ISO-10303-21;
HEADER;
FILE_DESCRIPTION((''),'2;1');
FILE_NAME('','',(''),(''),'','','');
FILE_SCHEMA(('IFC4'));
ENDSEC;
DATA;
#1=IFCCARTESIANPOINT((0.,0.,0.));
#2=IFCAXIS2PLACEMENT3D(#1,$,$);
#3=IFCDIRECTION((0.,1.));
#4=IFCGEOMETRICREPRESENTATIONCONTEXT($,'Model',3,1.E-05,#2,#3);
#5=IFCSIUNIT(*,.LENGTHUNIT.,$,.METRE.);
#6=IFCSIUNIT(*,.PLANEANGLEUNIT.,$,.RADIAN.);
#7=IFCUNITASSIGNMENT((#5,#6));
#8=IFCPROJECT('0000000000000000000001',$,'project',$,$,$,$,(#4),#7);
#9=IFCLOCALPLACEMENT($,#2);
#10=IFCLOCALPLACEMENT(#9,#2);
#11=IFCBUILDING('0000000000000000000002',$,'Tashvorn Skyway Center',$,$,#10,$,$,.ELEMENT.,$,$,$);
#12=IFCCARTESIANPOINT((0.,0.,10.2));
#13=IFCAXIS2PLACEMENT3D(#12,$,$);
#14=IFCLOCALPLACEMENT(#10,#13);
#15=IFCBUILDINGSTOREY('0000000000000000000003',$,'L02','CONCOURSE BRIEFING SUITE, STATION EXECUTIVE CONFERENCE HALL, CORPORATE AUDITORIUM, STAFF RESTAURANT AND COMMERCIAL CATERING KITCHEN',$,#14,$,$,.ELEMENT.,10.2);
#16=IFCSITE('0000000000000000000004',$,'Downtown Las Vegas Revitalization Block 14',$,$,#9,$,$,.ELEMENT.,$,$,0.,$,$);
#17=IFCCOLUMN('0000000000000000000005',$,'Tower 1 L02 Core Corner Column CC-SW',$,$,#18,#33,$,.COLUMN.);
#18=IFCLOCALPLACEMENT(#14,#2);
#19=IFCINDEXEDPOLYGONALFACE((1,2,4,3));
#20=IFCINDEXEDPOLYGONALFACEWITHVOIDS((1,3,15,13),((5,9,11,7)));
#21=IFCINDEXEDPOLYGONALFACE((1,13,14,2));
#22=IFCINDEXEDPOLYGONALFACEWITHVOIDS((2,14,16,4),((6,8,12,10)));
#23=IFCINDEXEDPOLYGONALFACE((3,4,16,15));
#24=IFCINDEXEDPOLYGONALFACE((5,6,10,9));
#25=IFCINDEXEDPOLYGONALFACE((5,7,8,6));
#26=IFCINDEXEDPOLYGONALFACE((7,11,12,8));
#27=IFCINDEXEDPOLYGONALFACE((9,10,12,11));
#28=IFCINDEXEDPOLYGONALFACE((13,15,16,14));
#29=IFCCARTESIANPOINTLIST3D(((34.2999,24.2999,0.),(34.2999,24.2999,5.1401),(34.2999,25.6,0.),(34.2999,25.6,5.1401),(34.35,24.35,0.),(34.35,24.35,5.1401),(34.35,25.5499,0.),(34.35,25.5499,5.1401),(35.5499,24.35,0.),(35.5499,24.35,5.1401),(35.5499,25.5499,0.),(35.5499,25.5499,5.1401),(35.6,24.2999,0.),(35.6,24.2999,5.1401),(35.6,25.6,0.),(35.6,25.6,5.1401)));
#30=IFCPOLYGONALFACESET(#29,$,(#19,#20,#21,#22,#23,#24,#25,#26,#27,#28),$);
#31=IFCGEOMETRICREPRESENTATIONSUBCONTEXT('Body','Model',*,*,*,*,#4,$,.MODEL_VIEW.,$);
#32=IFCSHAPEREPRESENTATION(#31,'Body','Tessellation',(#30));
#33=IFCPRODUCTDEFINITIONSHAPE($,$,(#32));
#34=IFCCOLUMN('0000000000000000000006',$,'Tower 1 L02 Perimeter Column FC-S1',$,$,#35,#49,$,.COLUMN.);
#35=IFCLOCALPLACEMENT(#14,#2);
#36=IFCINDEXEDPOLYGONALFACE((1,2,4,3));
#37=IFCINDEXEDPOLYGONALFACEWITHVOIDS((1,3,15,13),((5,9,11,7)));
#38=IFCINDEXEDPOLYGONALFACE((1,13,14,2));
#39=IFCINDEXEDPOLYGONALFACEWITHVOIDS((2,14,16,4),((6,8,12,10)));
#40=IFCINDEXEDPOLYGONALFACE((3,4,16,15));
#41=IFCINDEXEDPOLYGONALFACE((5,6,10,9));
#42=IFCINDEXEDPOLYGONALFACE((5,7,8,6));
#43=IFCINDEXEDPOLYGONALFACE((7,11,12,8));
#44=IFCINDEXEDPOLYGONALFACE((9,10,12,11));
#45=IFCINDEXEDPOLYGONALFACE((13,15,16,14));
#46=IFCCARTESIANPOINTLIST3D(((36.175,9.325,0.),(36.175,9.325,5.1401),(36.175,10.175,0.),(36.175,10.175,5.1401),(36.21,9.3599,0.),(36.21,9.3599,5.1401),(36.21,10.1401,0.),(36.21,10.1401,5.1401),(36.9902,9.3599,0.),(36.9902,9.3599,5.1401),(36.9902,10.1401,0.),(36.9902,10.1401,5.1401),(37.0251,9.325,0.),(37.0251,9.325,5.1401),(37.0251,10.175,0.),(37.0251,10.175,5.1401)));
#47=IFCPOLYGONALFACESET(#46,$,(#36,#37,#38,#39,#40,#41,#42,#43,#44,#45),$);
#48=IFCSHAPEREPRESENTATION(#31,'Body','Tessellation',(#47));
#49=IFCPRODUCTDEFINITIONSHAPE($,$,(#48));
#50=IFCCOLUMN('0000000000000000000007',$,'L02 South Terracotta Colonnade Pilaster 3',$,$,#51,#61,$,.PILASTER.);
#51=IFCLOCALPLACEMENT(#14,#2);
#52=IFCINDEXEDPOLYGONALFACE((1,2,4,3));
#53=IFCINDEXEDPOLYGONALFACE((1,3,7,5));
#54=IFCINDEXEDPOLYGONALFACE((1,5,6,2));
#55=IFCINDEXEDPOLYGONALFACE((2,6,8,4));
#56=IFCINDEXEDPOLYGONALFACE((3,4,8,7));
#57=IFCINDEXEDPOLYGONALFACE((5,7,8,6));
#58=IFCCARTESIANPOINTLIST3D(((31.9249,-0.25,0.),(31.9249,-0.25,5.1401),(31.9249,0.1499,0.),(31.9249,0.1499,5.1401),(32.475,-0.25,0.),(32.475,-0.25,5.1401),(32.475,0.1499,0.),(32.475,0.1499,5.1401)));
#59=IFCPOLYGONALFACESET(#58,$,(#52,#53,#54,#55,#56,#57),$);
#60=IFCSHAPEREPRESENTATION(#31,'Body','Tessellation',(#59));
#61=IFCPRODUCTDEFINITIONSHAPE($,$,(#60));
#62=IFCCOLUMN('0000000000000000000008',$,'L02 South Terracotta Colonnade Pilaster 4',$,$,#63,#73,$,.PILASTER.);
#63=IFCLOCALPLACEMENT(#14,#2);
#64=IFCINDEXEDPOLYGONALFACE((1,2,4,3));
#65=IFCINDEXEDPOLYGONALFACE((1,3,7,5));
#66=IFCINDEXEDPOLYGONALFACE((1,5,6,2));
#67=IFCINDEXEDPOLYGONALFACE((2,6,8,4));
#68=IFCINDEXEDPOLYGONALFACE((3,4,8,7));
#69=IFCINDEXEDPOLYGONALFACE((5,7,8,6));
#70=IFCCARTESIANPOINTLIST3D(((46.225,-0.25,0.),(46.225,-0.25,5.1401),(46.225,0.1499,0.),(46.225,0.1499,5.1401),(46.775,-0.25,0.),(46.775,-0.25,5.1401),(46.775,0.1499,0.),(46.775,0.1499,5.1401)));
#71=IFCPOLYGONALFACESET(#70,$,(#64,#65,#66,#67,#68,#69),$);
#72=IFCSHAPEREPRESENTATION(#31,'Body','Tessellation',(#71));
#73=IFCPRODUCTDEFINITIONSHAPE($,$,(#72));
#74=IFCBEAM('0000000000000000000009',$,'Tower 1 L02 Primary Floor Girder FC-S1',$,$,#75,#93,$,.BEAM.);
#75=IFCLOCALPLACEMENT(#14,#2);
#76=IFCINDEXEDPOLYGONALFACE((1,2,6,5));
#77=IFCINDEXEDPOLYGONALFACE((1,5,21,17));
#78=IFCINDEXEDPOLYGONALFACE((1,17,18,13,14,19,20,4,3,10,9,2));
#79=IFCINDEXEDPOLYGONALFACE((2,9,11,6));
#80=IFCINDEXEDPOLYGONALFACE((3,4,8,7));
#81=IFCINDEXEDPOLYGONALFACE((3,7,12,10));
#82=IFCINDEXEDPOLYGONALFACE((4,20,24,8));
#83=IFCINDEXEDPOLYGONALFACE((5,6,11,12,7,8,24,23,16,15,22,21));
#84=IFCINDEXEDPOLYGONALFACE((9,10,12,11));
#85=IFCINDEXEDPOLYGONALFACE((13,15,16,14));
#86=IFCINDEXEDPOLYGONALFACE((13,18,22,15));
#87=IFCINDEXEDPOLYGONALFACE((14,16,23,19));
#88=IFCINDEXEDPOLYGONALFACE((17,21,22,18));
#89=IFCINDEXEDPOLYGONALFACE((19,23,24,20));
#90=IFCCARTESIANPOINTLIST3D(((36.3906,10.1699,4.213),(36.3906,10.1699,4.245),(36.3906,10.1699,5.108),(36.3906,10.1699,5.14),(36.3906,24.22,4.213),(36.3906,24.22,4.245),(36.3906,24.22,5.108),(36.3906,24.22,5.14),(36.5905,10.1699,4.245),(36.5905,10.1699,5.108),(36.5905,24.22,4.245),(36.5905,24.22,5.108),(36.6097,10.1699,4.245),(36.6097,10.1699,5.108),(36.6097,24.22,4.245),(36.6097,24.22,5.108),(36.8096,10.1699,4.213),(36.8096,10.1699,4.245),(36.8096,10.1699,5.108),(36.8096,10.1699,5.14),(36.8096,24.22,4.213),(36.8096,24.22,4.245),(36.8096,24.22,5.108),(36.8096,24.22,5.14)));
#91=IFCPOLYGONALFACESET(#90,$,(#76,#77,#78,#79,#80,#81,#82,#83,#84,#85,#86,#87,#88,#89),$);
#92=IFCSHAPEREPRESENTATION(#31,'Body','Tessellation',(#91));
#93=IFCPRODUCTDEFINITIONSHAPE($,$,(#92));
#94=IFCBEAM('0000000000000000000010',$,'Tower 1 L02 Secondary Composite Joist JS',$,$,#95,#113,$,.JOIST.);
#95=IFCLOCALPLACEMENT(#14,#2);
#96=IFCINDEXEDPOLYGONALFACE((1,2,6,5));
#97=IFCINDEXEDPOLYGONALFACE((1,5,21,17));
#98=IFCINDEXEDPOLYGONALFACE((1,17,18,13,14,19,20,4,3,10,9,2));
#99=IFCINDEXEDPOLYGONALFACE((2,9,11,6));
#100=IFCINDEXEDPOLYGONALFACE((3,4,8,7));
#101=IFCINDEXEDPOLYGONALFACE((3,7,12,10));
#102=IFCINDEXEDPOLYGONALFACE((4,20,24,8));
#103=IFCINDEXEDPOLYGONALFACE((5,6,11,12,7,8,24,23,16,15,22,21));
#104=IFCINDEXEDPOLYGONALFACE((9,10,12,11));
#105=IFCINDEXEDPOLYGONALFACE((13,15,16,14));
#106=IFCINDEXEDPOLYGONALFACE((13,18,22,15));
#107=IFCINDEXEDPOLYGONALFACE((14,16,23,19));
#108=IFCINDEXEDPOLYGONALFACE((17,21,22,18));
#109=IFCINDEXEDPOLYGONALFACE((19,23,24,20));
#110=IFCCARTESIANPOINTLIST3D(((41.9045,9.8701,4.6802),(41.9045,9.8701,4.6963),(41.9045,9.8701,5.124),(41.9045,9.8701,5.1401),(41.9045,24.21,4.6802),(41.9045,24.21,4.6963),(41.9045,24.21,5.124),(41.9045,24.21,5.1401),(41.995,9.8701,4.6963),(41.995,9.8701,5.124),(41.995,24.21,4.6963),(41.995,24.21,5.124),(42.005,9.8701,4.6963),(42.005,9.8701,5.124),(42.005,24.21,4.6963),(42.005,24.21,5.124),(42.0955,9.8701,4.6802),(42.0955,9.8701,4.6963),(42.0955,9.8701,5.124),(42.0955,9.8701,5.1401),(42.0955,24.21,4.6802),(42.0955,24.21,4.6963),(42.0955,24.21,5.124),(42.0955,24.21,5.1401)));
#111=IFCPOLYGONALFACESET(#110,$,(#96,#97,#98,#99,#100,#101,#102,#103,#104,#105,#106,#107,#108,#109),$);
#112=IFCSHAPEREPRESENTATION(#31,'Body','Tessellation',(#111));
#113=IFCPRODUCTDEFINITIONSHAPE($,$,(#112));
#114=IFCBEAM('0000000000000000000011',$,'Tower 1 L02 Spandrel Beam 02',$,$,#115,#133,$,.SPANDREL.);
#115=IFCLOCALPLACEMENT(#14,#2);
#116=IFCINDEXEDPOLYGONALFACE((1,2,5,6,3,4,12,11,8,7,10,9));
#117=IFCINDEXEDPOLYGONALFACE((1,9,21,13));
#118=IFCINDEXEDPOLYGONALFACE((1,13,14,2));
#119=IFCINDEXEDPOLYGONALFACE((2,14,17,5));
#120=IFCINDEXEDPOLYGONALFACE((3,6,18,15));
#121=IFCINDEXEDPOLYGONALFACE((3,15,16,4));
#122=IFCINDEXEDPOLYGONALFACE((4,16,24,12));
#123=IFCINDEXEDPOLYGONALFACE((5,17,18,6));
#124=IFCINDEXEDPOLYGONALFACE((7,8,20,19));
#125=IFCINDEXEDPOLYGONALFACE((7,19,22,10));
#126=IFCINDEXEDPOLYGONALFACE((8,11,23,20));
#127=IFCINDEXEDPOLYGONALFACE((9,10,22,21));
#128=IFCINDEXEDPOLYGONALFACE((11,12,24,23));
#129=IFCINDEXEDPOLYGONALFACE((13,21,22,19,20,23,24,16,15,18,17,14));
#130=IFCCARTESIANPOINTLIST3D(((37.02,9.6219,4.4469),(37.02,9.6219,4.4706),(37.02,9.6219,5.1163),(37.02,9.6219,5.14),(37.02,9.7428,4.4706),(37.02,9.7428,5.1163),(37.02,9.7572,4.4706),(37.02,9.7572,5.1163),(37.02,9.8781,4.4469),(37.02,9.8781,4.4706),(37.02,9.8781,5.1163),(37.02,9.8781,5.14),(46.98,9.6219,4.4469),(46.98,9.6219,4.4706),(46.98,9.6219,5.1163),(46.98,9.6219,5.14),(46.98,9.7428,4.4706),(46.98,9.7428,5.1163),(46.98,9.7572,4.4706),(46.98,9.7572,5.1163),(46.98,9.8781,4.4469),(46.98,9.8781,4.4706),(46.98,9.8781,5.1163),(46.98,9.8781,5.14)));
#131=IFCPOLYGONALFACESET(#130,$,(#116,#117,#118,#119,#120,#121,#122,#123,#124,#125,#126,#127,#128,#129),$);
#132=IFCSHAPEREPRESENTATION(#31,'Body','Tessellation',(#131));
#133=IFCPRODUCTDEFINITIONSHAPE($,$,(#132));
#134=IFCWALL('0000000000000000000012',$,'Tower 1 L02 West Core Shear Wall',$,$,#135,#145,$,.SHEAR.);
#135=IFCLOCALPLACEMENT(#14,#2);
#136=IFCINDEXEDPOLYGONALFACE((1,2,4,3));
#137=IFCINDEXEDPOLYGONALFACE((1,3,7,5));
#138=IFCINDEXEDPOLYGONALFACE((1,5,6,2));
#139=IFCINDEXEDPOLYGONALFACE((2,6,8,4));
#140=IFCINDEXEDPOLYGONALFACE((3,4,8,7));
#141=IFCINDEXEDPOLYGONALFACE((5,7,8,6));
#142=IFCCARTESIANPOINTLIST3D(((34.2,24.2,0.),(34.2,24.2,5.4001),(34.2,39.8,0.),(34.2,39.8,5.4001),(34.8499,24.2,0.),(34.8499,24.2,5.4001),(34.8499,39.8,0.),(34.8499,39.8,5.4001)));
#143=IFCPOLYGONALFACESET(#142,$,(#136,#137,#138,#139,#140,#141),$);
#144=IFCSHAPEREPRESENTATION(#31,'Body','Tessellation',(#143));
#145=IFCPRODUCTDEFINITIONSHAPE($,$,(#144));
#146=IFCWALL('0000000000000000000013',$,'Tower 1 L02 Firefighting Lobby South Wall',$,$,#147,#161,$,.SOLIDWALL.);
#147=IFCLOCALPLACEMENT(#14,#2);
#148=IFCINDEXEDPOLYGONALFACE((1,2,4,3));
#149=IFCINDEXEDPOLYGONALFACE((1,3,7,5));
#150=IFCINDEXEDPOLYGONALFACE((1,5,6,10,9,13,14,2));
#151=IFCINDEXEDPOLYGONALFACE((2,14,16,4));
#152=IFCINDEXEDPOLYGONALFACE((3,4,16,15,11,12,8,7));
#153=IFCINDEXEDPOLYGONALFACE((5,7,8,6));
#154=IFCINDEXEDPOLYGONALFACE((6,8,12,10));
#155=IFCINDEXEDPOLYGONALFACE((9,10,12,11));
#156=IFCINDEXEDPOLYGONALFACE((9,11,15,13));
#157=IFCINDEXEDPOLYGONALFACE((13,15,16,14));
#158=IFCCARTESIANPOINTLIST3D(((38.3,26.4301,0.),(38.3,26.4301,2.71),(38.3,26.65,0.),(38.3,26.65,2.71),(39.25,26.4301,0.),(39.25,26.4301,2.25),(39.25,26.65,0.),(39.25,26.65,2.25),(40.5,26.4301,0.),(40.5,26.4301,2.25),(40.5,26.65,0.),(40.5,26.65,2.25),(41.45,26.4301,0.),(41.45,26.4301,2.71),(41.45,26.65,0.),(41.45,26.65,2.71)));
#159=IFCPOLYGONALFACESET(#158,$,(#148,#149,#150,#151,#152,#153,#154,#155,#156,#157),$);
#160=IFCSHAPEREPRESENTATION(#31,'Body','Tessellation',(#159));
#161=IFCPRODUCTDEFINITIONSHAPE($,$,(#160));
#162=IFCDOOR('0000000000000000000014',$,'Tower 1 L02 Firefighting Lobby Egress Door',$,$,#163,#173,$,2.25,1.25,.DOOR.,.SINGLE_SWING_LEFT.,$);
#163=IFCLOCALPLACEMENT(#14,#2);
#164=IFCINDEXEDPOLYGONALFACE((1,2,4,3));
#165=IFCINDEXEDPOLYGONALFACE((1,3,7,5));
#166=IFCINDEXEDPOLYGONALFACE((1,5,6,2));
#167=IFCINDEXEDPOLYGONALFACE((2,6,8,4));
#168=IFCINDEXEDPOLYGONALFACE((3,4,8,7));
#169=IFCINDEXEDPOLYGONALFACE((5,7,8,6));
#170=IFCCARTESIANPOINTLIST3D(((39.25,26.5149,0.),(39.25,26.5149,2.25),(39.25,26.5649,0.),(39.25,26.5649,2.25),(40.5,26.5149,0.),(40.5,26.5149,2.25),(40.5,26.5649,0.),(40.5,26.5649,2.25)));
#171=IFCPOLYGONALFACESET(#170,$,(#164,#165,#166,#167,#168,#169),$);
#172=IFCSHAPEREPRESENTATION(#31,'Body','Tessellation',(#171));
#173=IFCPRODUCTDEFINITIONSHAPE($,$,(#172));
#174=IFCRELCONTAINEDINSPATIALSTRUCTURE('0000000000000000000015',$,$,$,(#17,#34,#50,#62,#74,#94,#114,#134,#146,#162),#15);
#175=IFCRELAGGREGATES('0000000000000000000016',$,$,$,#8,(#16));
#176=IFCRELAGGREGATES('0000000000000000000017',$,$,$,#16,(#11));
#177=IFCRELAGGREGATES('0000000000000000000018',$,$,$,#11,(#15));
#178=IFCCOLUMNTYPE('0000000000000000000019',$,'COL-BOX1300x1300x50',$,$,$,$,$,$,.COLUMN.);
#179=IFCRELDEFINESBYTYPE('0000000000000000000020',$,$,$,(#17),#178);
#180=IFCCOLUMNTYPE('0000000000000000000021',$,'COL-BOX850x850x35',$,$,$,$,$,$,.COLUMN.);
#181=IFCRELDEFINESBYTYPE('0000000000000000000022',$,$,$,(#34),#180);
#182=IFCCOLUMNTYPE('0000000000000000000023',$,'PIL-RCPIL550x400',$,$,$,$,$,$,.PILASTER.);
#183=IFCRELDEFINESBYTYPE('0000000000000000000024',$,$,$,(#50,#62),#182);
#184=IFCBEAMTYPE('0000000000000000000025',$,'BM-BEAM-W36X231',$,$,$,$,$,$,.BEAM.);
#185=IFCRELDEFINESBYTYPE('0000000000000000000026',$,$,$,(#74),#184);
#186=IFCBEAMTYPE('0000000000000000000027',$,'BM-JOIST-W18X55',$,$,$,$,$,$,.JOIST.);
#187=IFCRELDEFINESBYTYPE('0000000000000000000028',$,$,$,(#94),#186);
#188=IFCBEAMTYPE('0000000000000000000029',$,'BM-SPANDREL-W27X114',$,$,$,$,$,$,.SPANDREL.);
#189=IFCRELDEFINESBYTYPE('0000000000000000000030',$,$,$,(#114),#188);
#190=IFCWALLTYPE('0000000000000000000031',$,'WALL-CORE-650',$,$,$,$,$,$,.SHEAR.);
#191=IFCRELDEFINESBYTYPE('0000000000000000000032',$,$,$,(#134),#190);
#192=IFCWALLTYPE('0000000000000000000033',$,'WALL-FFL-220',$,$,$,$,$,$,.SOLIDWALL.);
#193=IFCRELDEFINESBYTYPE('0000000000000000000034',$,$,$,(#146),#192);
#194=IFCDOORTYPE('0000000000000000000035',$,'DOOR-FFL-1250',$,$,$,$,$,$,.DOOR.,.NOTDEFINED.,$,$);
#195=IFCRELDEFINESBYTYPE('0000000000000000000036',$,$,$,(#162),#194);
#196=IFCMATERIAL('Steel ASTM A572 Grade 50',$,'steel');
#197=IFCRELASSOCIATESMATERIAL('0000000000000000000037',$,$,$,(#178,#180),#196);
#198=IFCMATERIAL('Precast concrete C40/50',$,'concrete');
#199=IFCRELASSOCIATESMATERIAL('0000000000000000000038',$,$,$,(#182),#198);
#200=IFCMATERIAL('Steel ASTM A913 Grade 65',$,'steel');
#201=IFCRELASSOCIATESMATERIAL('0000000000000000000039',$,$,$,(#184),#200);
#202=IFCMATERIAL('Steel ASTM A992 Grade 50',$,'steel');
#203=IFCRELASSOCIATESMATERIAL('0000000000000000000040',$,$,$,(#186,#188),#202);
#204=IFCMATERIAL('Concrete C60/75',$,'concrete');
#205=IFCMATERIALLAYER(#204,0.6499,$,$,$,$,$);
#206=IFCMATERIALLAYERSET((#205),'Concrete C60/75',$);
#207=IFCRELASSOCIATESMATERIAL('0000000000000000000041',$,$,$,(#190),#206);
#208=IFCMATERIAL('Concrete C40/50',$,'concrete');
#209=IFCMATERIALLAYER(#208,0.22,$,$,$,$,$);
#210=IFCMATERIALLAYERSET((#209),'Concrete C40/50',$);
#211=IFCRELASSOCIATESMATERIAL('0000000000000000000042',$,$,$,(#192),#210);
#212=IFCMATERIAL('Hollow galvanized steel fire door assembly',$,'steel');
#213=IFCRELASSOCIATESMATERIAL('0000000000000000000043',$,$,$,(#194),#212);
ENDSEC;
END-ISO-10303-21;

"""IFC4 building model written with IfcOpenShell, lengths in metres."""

from ifc_helpers import new_model, si_unit, direction, frame, frame_2d, origin, origin_2d, place, context, subcontext, project, spatial, rectangle, hollow_rectangle, i_section, extrude, material, layer, layer_set, material_profile, profile_set, type_object, element, fill, save


model = new_model("IFC4")

# Units and contexts
model_context = context("Model", 3, precision=1e-05, world=origin(), true_north=direction((0.0, 1.0)))
body_context = subcontext(model_context, "Body", "Model", "MODEL_VIEW")
ifc_project = project(units=[si_unit("LENGTHUNIT", "METRE"), si_unit("PLANEANGLEUNIT", "RADIAN")], contexts=[model_context])

# Site, building, storey
site_placement = place(None, origin())
site = spatial("IfcSite", under=ifc_project, at=site_placement, Name="Downtown Las Vegas Revitalization Block 14", CompositionType="ELEMENT", RefElevation=0.0)
building_placement = place(site_placement, origin())
building = spatial("IfcBuilding", under=site, at=building_placement, Name="Tashvorn Skyway Center", CompositionType="ELEMENT")
storey_placement = place(building_placement, frame((0.0, 0.0, 10.2)))
storey = spatial("IfcBuildingStorey", under=building, at=storey_placement, Name="L02", Description="CONCOURSE BRIEFING SUITE, STATION EXECUTIVE CONFERENCE HALL, CORPORATE AUDITORIUM, STAFF RESTAURANT AND COMMERCIAL CATERING KITCHEN", CompositionType="ELEMENT", Elevation=10.2)

# Columns
ifc_material_1 = material(Name="Steel ASTM A572 Grade 50", Category="steel")
ifc_material_profile_1 = material_profile(ifc_material_1, hollow_rectangle(XDim=1.3, YDim=1.3, WallThickness=0.05, at=origin_2d()), Name="BOX1300x1300x50")
ifc_profile_set_1 = profile_set([ifc_material_profile_1], Name="Steel ASTM A572 Grade 50")
column_type_1 = type_object("IfcColumnType", Name="COL-BOX1300x1300x50", PredefinedType="COLUMN", material=ifc_profile_set_1)
column_1_placement = place(storey_placement, frame((34.95, 24.95, 0.0), z_axis=(0.0, 0.0, 1.0), x_axis=(1.0, 0.0, 0.0)))
element("IfcColumn", 1, at=column_1_placement, inside=storey, type_object=column_type_1, Name="Tower 1 L02 Core Corner Column CC-SW", PredefinedType="COLUMN", context=body_context, shape_type="SweptSolid", body=[
    extrude(hollow_rectangle(XDim=1.3, YDim=1.3, WallThickness=0.05, at=origin_2d()), origin(), (0.0, 0.0, 1.0), 5.1401),
])
ifc_material_profile_2 = material_profile(ifc_material_1, hollow_rectangle(XDim=0.8501, YDim=0.8501, WallThickness=0.0349, at=origin_2d()), Name="BOX850x850x35")
ifc_profile_set_2 = profile_set([ifc_material_profile_2], Name="Steel ASTM A572 Grade 50")
column_type_2 = type_object("IfcColumnType", Name="COL-BOX850x850x35", PredefinedType="COLUMN", material=ifc_profile_set_2)
column_2_placement = place(storey_placement, frame((36.6001, 9.75, 0.0), z_axis=(0.0, 0.0, 1.0), x_axis=(1.0, 0.0, 0.0)))
element("IfcColumn", 2, at=column_2_placement, inside=storey, type_object=column_type_2, Name="Tower 1 L02 Perimeter Column FC-S1", PredefinedType="COLUMN", context=body_context, shape_type="SweptSolid", body=[
    extrude(hollow_rectangle(XDim=0.8501, YDim=0.8501, WallThickness=0.0349, at=origin_2d()), origin(), (0.0, 0.0, 1.0), 5.1401),
])
ifc_material_2 = material(Name="Precast concrete C40/50", Category="concrete")
ifc_material_profile_3 = material_profile(ifc_material_2, rectangle(XDim=0.55, YDim=0.3999, at=origin_2d()), Name="RCPIL550x400")
ifc_profile_set_3 = profile_set([ifc_material_profile_3], Name="Precast concrete C40/50")
column_type_3 = type_object("IfcColumnType", Name="PIL-RCPIL550x400", PredefinedType="PILASTER", material=ifc_profile_set_3)
for number, where, z_axis, x_axis, name in (
    (3, (32.2, -0.05, 0.0), (0.0, 0.0, 1.0), (1.0, 0.0, 0.0), "L02 South Terracotta Colonnade Pilaster 3"),
    (4, (46.5, -0.05, 0.0), (0.0, 0.0, 1.0), (1.0, 0.0, 0.0), "L02 South Terracotta Colonnade Pilaster 4"),
):
    element("IfcColumn", number, at=place(storey_placement, frame(where, z_axis=z_axis, x_axis=x_axis)), inside=storey, type_object=column_type_3, Name=name, PredefinedType="PILASTER", context=body_context, shape_type="SweptSolid", body=[
        extrude(rectangle(XDim=0.55, YDim=0.3999, at=origin_2d()), origin(), (0.0, 0.0, 1.0), 5.1401),
    ])

# Beams
ifc_material_3 = material(Name="Steel ASTM A913 Grade 65", Category="steel")
ifc_material_profile_4 = material_profile(ifc_material_3, i_section(OverallWidth=0.4189, OverallDepth=0.927, WebThickness=0.0193, FlangeThickness=0.032, at=origin_2d()), Name="W36X231")
ifc_profile_set_4 = profile_set([ifc_material_profile_4], Name="Steel ASTM A913 Grade 65")
beam_type_1 = type_object("IfcBeamType", Name="BM-BEAM-W36X231", PredefinedType="BEAM", material=ifc_profile_set_4)
beam_1_placement = place(storey_placement, frame((36.6001, 10.1699, 4.6765), z_axis=(0.0, 1.0, 0.0), x_axis=(-1.0, 0.0, 0.0)))
element("IfcBeam", 5, at=beam_1_placement, inside=storey, type_object=beam_type_1, Name="Tower 1 L02 Primary Floor Girder FC-S1", PredefinedType="BEAM", context=body_context, shape_type="SweptSolid", body=[
    extrude(i_section(OverallWidth=0.4189, OverallDepth=0.927, WebThickness=0.0193, FlangeThickness=0.032, at=origin_2d()), origin(), (0.0, 0.0, 1.0), 14.05),
])
ifc_material_4 = material(Name="Steel ASTM A992 Grade 50", Category="steel")
ifc_material_profile_5 = material_profile(ifc_material_4, i_section(OverallWidth=0.1909, OverallDepth=0.46, WebThickness=0.01, FlangeThickness=0.0161, at=origin_2d()), Name="W18X55")
ifc_profile_set_5 = profile_set([ifc_material_profile_5], Name="Steel ASTM A992 Grade 50")
beam_type_2 = type_object("IfcBeamType", Name="BM-JOIST-W18X55", PredefinedType="JOIST", material=ifc_profile_set_5)
beam_2_placement = place(storey_placement, frame((42.0, 24.21, 4.9102), z_axis=(0.0, -1.0, 0.0), x_axis=(1.0, 0.0, 0.0)))
element("IfcBeam", 6, at=beam_2_placement, inside=storey, type_object=beam_type_2, Name="Tower 1 L02 Secondary Composite Joist JS", PredefinedType="JOIST", context=body_context, shape_type="SweptSolid", body=[
    extrude(i_section(OverallWidth=0.1909, OverallDepth=0.46, WebThickness=0.01, FlangeThickness=0.0161, at=origin_2d()), origin(), (0.0, 0.0, 1.0), 14.3398),
])
ifc_material_profile_6 = material_profile(ifc_material_4, i_section(OverallWidth=0.2561, OverallDepth=0.6931, WebThickness=0.0144, FlangeThickness=0.0237, at=origin_2d()), Name="W27X114")
ifc_profile_set_6 = profile_set([ifc_material_profile_6], Name="Steel ASTM A992 Grade 50")
beam_type_3 = type_object("IfcBeamType", Name="BM-SPANDREL-W27X114", PredefinedType="SPANDREL", material=ifc_profile_set_6)
beam_3_placement = place(storey_placement, frame((37.02, 9.75, 4.7935), z_axis=(1.0, 0.0, 0.0), x_axis=(0.0, 1.0, 0.0)))
element("IfcBeam", 7, at=beam_3_placement, inside=storey, type_object=beam_type_3, Name="Tower 1 L02 Spandrel Beam 02", PredefinedType="SPANDREL", context=body_context, shape_type="SweptSolid", body=[
    extrude(i_section(OverallWidth=0.2561, OverallDepth=0.6931, WebThickness=0.0144, FlangeThickness=0.0237, at=origin_2d()), origin(), (0.0, 0.0, 1.0), 9.96),
])

# Wall
ifc_material_5 = material(Name="Concrete C60/75", Category="concrete")
ifc_layer_1 = layer(ifc_material_5, 0.6499)
ifc_layer_set_1 = layer_set([ifc_layer_1], Name="Concrete C60/75")
wall_type_1 = type_object("IfcWallType", Name="WALL-CORE-650", PredefinedType="SHEAR", material=ifc_layer_set_1)
wall_1_placement = place(storey_placement, frame((34.5249, 24.2, 0.0), z_axis=(0.0, 0.0, 1.0), x_axis=(0.0, 1.0, 0.0)))
element("IfcWall", 8, at=wall_1_placement, inside=storey, type_object=wall_type_1, Name="Tower 1 L02 West Core Shear Wall", PredefinedType="SHEAR", context=body_context, shape_type="SweptSolid", body=[
    extrude(rectangle(XDim=15.6001, YDim=0.6499, at=frame_2d((7.8, 0.0))), origin(), (0.0, 0.0, 1.0), 5.4001),
])

# Wall, opening, door
ifc_material_6 = material(Name="Concrete C40/50", Category="concrete")
ifc_layer_2 = layer(ifc_material_6, 0.22)
ifc_layer_set_2 = layer_set([ifc_layer_2], Name="Concrete C40/50")
wall_type_2 = type_object("IfcWallType", Name="WALL-FFL-220", PredefinedType="SOLIDWALL", material=ifc_layer_set_2)
wall_2_placement = place(storey_placement, frame((38.3, 26.54, 0.0), z_axis=(0.0, 0.0, 1.0), x_axis=(1.0, 0.0, 0.0)))
wall_2 = element("IfcWall", 9, at=wall_2_placement, inside=storey, type_object=wall_type_2, Name="Tower 1 L02 Firefighting Lobby South Wall", PredefinedType="SOLIDWALL", context=body_context, shape_type="SweptSolid", body=[
    extrude(rectangle(XDim=3.1499, YDim=0.22, at=frame_2d((1.575, 0.0))), origin(), (0.0, 0.0, 1.0), 2.71),
])
opening_1_placement = place(wall_2_placement, frame((0.95, 0.0, 0.0)))
opening_1 = element("IfcOpeningElement", 10, at=opening_1_placement, cuts=wall_2, PredefinedType="OPENING", context=body_context, shape_type="SweptSolid", body=[
    extrude(rectangle(XDim=1.25, YDim=2.25, at=frame_2d((0.625, 1.125))), frame((0.0, 0.1199, 0.0), z_axis=(0.0, -1.0, 0.0), x_axis=(1.0, 0.0, 0.0)), (0.0, 0.0, 1.0), 0.24),
])
ifc_material_7 = material(Name="Hollow galvanized steel fire door assembly", Category="steel")
door_type_1 = type_object("IfcDoorType", Name="DOOR-FFL-1250", OperationType="NOTDEFINED", PredefinedType="DOOR", material=ifc_material_7)
door_1_placement = place(opening_1_placement, origin())
door_1 = element("IfcDoor", 11, at=door_1_placement, inside=storey, type_object=door_type_1, Name="Tower 1 L02 Firefighting Lobby Egress Door", OperationType="SINGLE_SWING_LEFT", OverallHeight=2.25, OverallWidth=1.25, PredefinedType="DOOR", context=body_context, shape_type="SweptSolid", body=[
    extrude(rectangle(XDim=1.25, YDim=2.25, at=frame_2d((0.625, 1.125))), frame((0.0, 0.0249, 0.0), z_axis=(0.0, -1.0, 0.0), x_axis=(1.0, 0.0, 0.0)), (0.0, 0.0, 1.0), 0.05),
])
fill(opening_1, door_1)

save(model, "model.ifc")
